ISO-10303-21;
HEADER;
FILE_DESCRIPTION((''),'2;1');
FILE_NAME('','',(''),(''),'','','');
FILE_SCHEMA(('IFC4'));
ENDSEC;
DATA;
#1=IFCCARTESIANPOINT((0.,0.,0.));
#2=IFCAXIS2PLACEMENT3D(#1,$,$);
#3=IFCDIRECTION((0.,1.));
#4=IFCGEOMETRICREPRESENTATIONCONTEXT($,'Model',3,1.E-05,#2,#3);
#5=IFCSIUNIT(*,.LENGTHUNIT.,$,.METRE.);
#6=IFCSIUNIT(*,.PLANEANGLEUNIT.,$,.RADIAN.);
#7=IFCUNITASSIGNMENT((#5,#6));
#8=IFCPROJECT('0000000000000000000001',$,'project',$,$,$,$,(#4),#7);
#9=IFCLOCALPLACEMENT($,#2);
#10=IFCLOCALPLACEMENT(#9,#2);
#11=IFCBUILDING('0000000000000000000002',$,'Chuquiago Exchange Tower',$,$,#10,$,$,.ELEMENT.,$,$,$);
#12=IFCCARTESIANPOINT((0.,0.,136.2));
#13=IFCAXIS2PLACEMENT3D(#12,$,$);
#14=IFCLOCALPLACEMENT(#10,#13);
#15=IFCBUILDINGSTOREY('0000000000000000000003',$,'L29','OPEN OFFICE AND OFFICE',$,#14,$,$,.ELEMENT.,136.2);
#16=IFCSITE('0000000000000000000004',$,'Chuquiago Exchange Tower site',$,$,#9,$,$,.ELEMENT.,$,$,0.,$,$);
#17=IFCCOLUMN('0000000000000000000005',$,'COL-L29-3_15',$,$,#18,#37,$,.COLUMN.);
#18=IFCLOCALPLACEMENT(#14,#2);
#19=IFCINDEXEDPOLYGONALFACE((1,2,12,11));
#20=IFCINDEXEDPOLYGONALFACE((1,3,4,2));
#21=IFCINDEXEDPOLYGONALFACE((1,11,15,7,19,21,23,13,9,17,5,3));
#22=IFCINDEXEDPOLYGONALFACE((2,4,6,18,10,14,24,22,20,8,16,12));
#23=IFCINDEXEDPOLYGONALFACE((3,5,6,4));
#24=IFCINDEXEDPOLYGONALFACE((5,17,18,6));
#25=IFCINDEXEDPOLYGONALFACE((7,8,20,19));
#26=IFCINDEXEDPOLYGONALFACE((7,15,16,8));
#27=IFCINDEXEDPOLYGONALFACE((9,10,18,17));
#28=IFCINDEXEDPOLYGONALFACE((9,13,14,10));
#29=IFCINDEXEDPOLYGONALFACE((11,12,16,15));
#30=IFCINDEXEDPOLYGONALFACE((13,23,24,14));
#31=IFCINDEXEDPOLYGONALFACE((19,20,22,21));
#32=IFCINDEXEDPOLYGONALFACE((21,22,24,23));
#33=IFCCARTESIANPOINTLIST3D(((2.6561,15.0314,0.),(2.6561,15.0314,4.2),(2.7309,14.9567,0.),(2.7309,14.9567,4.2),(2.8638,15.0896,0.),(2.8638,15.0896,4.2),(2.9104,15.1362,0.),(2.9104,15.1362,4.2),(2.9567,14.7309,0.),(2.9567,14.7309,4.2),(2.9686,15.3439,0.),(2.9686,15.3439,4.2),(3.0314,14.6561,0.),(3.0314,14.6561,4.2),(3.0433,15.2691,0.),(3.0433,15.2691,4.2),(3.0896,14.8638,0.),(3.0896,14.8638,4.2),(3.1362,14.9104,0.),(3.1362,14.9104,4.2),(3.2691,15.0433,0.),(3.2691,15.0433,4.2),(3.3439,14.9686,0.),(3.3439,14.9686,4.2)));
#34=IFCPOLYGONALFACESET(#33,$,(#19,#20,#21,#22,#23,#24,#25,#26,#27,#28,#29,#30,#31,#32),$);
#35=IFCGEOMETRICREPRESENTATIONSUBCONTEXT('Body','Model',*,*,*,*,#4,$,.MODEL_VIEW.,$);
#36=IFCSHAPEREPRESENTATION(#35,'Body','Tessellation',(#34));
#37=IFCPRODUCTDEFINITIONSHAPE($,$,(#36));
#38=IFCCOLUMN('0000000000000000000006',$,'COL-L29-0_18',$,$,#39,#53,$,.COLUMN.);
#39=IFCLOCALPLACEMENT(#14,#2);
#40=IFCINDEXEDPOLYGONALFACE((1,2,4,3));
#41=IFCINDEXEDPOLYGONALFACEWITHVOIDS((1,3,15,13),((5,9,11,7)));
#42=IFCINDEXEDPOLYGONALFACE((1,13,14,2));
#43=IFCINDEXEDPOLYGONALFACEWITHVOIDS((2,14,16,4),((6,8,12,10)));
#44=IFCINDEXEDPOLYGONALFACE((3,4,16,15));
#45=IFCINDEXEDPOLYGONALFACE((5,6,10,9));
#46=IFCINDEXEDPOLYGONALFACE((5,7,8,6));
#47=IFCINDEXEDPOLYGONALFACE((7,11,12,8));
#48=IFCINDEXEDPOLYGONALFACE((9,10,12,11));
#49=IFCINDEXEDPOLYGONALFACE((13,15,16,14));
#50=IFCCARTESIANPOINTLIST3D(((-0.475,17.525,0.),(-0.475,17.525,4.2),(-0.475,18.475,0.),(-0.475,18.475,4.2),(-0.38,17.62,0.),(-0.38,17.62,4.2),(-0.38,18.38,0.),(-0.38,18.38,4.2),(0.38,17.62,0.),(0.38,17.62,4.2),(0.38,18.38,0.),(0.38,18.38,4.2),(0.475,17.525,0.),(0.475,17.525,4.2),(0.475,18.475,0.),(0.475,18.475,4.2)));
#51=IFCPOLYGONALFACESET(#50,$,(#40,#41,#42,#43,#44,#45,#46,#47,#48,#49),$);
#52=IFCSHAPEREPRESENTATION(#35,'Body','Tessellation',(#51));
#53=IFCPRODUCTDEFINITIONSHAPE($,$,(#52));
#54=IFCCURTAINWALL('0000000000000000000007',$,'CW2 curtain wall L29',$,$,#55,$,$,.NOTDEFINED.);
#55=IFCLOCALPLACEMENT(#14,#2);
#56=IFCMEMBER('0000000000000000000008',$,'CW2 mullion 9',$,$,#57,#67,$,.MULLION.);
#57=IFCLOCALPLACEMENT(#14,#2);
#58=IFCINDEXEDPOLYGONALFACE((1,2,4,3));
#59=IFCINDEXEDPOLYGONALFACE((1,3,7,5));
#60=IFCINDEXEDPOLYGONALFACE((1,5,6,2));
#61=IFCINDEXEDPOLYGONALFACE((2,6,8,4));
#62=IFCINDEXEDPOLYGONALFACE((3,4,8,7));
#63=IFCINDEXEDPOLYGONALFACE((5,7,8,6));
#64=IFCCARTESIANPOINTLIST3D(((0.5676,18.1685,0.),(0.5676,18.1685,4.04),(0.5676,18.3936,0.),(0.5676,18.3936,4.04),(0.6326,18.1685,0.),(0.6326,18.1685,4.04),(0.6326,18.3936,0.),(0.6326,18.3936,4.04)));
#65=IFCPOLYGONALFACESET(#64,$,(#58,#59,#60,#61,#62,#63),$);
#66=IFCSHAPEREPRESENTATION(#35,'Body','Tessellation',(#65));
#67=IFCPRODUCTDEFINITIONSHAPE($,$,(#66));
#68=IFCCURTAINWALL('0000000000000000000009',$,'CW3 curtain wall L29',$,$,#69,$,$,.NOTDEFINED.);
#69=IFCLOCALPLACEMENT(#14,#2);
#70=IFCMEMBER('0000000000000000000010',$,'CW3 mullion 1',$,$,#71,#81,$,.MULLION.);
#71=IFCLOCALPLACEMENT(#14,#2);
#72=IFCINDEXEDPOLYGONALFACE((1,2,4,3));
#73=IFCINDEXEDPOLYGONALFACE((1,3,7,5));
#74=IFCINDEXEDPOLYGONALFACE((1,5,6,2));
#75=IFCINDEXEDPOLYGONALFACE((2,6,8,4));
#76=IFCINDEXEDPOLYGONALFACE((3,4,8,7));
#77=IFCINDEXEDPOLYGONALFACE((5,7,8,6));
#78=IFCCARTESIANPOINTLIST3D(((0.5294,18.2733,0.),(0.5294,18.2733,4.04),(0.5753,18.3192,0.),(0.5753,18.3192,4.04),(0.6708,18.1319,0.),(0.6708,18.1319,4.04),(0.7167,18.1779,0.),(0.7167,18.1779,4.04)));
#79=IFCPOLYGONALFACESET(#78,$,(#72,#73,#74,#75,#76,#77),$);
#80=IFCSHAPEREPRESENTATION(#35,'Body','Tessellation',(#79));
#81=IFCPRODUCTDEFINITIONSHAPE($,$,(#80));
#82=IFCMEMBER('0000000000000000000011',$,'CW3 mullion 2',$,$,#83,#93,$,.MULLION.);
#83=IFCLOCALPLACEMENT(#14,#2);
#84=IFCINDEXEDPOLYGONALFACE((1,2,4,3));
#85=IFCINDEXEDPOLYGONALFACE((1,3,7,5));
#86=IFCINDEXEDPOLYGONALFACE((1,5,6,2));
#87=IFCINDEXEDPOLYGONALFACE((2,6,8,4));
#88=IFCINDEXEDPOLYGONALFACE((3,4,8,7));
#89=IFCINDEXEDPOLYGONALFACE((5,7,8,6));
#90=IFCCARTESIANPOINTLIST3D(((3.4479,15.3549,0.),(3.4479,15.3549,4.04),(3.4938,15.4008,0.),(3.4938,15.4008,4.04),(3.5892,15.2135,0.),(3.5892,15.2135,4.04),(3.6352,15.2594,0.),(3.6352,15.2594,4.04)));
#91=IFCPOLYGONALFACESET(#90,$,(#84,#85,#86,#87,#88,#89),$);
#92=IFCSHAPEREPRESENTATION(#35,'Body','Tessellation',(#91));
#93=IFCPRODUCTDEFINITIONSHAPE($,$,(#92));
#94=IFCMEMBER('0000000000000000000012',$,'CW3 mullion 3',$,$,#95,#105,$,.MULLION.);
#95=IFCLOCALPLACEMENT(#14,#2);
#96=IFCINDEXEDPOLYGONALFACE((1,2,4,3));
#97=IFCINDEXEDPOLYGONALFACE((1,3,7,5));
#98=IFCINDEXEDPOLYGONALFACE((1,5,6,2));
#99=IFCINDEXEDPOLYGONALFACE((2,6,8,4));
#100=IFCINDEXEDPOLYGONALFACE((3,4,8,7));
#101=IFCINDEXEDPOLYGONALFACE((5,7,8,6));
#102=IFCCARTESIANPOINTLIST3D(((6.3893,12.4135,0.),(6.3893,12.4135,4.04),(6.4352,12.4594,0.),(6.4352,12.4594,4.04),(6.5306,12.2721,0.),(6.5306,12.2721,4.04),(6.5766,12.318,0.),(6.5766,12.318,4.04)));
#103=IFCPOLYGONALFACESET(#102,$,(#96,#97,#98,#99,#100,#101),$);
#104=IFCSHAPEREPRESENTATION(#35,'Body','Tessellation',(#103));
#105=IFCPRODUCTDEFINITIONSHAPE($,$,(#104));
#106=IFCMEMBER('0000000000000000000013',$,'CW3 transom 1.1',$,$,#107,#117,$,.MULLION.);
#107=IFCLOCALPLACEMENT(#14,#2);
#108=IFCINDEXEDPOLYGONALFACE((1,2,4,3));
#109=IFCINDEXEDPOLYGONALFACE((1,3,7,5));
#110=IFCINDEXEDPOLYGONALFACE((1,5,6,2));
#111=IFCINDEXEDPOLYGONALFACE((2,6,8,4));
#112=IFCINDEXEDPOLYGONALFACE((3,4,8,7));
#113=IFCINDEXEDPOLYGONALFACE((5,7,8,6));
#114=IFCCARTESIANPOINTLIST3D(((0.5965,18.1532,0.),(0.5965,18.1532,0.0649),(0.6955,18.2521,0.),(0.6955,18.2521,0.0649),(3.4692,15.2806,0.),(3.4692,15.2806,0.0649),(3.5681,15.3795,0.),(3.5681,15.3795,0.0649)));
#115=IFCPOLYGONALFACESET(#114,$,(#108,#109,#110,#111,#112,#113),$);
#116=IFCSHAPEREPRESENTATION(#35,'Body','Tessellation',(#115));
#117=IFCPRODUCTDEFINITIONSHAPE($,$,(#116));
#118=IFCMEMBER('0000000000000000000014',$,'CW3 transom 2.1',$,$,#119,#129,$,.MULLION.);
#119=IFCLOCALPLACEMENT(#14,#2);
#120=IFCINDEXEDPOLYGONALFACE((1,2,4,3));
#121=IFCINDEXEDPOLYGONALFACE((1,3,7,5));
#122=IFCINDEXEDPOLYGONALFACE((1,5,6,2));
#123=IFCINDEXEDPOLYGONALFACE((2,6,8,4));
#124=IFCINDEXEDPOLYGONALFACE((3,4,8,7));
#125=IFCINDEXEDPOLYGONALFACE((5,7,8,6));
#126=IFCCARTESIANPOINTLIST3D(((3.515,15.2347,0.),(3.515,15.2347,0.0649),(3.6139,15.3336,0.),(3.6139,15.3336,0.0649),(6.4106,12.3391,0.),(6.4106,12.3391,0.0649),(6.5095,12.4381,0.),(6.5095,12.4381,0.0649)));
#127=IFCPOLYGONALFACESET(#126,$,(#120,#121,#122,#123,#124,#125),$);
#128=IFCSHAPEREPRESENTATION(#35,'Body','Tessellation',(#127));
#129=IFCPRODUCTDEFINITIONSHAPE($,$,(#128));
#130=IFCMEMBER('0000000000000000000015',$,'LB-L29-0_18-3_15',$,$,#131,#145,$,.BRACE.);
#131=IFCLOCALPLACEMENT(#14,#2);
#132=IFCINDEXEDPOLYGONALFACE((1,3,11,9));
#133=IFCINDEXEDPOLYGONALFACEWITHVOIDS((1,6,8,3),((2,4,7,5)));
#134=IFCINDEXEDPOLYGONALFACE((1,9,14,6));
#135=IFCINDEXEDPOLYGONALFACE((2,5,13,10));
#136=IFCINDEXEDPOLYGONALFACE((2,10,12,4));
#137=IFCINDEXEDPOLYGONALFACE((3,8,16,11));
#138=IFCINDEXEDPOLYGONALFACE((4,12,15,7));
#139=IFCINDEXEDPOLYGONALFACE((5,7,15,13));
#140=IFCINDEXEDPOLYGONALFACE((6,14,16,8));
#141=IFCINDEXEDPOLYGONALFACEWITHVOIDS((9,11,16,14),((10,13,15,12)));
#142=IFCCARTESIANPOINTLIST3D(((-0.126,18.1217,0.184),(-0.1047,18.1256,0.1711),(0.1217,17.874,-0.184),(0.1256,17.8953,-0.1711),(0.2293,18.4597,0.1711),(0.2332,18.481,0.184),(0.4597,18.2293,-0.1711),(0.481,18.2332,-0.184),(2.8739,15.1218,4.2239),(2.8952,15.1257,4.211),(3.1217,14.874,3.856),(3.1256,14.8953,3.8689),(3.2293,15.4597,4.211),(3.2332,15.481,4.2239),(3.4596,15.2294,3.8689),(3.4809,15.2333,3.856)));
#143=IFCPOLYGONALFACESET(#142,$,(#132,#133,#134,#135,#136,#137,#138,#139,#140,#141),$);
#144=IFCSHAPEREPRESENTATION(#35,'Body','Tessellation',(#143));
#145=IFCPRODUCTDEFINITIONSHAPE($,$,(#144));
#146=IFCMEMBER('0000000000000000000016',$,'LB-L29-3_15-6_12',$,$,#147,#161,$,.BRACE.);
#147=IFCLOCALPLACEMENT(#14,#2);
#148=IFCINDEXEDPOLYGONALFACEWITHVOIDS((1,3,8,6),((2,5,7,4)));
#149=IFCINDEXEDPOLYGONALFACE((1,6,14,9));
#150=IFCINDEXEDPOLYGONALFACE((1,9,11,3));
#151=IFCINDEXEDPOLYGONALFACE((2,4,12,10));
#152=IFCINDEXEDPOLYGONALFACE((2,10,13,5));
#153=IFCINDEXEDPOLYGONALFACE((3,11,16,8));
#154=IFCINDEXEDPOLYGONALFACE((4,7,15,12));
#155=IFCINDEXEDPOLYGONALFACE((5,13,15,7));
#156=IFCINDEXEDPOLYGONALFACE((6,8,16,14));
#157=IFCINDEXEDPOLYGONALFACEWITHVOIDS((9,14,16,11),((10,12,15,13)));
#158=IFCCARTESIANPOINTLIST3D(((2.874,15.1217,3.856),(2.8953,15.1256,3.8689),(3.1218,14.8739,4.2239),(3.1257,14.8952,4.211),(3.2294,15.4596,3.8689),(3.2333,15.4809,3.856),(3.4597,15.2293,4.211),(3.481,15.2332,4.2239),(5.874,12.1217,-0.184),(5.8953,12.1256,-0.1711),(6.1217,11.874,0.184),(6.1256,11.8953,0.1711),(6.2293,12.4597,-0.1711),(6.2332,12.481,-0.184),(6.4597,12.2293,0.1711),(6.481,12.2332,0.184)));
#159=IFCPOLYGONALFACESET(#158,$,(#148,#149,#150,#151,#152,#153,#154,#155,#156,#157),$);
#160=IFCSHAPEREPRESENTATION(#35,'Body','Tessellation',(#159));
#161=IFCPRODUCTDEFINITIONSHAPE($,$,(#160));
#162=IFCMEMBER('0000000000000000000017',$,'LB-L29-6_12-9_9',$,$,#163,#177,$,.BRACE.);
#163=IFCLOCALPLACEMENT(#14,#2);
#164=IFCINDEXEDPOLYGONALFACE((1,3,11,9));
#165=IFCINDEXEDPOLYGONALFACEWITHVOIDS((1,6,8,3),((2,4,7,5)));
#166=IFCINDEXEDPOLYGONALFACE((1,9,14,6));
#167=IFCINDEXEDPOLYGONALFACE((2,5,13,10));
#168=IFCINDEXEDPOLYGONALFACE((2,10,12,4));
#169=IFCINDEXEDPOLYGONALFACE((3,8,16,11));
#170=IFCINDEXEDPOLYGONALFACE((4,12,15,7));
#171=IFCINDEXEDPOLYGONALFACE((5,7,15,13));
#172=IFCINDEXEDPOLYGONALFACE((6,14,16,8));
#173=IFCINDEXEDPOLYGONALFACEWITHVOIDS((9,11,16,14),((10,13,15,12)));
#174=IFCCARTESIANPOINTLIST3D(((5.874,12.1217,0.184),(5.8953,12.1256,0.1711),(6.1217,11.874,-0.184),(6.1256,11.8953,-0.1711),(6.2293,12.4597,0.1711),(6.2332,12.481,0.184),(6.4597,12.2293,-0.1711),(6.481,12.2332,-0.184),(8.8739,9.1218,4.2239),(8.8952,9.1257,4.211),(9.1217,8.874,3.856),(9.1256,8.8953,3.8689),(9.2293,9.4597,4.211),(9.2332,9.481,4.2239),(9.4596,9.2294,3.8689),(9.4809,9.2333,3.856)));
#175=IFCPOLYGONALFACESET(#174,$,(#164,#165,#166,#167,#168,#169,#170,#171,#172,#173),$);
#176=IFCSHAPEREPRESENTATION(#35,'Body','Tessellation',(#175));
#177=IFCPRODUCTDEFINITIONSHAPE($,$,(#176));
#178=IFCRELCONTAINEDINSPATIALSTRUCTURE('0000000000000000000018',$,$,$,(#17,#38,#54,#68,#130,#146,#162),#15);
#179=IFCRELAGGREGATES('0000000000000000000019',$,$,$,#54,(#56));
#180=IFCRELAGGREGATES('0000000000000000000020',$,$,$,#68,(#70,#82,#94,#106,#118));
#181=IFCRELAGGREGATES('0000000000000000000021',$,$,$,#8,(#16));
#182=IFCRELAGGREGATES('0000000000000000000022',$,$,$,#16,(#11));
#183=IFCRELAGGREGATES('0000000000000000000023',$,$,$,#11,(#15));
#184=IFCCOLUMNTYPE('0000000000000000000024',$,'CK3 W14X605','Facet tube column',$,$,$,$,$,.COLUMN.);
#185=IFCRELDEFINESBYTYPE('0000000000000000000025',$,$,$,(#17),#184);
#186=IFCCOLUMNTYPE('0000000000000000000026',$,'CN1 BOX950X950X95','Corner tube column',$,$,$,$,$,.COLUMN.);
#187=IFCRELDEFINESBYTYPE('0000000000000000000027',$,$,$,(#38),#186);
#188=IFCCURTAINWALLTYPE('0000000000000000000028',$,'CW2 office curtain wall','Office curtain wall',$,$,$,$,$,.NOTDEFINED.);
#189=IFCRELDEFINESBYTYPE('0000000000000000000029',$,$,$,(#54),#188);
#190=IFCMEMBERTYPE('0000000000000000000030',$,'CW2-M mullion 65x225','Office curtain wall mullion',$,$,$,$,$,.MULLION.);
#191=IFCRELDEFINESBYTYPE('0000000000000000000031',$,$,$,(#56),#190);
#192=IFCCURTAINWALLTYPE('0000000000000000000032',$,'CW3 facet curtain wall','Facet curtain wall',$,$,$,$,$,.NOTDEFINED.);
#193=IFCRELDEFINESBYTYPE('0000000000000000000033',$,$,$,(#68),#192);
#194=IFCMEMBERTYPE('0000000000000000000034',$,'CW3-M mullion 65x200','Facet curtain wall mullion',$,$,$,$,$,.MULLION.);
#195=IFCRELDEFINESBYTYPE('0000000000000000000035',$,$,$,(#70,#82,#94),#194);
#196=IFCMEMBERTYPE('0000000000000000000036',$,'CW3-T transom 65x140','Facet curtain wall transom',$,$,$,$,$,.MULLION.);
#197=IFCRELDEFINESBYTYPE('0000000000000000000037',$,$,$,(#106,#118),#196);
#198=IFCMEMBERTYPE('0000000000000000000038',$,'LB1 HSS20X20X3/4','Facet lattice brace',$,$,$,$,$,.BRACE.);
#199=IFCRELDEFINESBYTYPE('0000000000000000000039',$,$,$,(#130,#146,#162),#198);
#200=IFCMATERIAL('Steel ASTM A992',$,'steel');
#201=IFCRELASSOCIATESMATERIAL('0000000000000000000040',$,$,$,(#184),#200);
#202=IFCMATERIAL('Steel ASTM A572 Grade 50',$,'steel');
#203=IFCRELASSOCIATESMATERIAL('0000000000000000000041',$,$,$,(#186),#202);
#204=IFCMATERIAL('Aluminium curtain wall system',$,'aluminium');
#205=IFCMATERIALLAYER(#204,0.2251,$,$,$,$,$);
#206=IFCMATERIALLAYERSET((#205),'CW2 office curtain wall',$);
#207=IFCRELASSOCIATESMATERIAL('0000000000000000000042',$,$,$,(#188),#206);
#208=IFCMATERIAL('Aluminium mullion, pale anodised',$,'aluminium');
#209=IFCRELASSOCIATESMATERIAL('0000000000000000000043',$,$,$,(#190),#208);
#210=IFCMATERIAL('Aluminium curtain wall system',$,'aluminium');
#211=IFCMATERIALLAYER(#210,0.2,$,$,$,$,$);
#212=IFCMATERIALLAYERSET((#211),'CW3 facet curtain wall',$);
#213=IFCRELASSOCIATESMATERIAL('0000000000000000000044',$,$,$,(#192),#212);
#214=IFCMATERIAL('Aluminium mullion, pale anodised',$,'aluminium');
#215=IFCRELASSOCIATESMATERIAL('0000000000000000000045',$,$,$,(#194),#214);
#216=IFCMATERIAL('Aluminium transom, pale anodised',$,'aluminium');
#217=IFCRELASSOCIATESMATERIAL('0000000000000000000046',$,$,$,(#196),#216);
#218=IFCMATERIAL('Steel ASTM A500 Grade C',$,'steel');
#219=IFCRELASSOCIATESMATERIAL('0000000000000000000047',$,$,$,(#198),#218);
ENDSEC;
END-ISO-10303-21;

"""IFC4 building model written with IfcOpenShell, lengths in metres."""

from ifc_helpers import new_model, si_unit, direction, frame, origin, origin_2d, place, context, subcontext, project, spatial, rectangle, hollow_rectangle, i_section, extrude, material, layer, layer_set, material_profile, profile_set, type_object, element, aggregate, save


model = new_model("IFC4")

# Units and contexts
model_context = context("Model", 3, precision=1e-05, world=origin(), true_north=direction((0.0, 1.0)))
body_context = subcontext(model_context, "Body", "Model", "MODEL_VIEW")
ifc_project = project(units=[si_unit("LENGTHUNIT", "METRE"), si_unit("PLANEANGLEUNIT", "RADIAN")], contexts=[model_context])

# Site, building, storey
site_placement = place(None, origin())
site = spatial("IfcSite", under=ifc_project, at=site_placement, Name="Chuquiago Exchange Tower site", CompositionType="ELEMENT", RefElevation=0.0)
building_placement = place(site_placement, origin())
building = spatial("IfcBuilding", under=site, at=building_placement, Name="Chuquiago Exchange Tower", CompositionType="ELEMENT")
storey_placement = place(building_placement, frame((0.0, 0.0, 136.2)))
storey = spatial("IfcBuildingStorey", under=building, at=storey_placement, Name="L29", Description="OPEN OFFICE AND OFFICE", CompositionType="ELEMENT", Elevation=136.2)

# Columns
ifc_material_1 = material(Name="Steel ASTM A992", Category="steel")
ifc_material_profile_1 = material_profile(ifc_material_1, i_section(OverallWidth=0.4419, OverallDepth=0.5308, WebThickness=0.0659, FlangeThickness=0.1057, at=origin_2d()), Name="W14X605")
ifc_profile_set_1 = profile_set([ifc_material_profile_1], Name="Steel ASTM A992")
column_type_1 = type_object("IfcColumnType", Name="CK3 W14X605", Description="Facet tube column", PredefinedType="COLUMN", material=ifc_profile_set_1)
column_1_placement = place(storey_placement, frame((3.0, 15.0, 0.0), z_axis=(0.0, 0.0, 1.0), x_axis=(-0.707107, -0.707107, 0.0)))
element("IfcColumn", 1, at=column_1_placement, inside=storey, type_object=column_type_1, Name="COL-L29-3_15", PredefinedType="COLUMN", context=body_context, shape_type="SweptSolid", body=[
    extrude(i_section(OverallWidth=0.4419, OverallDepth=0.5308, WebThickness=0.0659, FlangeThickness=0.1057, at=origin_2d()), origin(), (0.0, 0.0, 1.0), 4.2),
])
ifc_material_2 = material(Name="Steel ASTM A572 Grade 50", Category="steel")
ifc_material_profile_2 = material_profile(ifc_material_2, hollow_rectangle(XDim=0.95, YDim=0.95, WallThickness=0.095, at=origin_2d()), Name="BOX950X950X95")
ifc_profile_set_2 = profile_set([ifc_material_profile_2], Name="Steel ASTM A572 Grade 50")
column_type_2 = type_object("IfcColumnType", Name="CN1 BOX950X950X95", Description="Corner tube column", PredefinedType="COLUMN", material=ifc_profile_set_2)
column_2_placement = place(storey_placement, frame((0.0, 18.0, 0.0), z_axis=(0.0, 0.0, 1.0), x_axis=(-1.0, 0.0, 0.0)))
element("IfcColumn", 2, at=column_2_placement, inside=storey, type_object=column_type_2, Name="COL-L29-0_18", PredefinedType="COLUMN", context=body_context, shape_type="SweptSolid", body=[
    extrude(hollow_rectangle(XDim=0.95, YDim=0.95, WallThickness=0.095, at=origin_2d()), origin(), (0.0, 0.0, 1.0), 4.2),
])

# Curtain wall, member
ifc_material_3 = material(Name="Aluminium curtain wall system", Category="aluminium")
ifc_layer_1 = layer(ifc_material_3, 0.2251)
ifc_layer_set_1 = layer_set([ifc_layer_1], Name="CW2 office curtain wall")
curtain_wall_type_1 = type_object("IfcCurtainWallType", Name="CW2 office curtain wall", Description="Office curtain wall", PredefinedType="NOTDEFINED", material=ifc_layer_set_1)
curtain_wall_1_placement = place(storey_placement, origin())
curtain_wall_1 = element("IfcCurtainWall", 3, at=curtain_wall_1_placement, inside=storey, type_object=curtain_wall_type_1, Name="CW2 curtain wall L29", PredefinedType="NOTDEFINED")
ifc_material_4 = material(Name="Aluminium mullion, pale anodised", Category="aluminium")
ifc_material_profile_3 = material_profile(ifc_material_4, rectangle(XDim=0.0649, YDim=0.2251, at=origin_2d()), Name="AL 65x225")
ifc_profile_set_3 = profile_set([ifc_material_profile_3], Name="Aluminium mullion, pale anodised")
member_type_1 = type_object("IfcMemberType", Name="CW2-M mullion 65x225", Description="Office curtain wall mullion", PredefinedType="MULLION", material=ifc_profile_set_3)
member_1_placement = place(storey_placement, frame((0.6001, 18.281, 0.0), z_axis=(0.0, 0.0, 1.0), x_axis=(1.0, 0.0, 0.0)))
member_1 = element("IfcMember", 4, at=member_1_placement, type_object=member_type_1, Name="CW2 mullion 9", PredefinedType="MULLION", context=body_context, shape_type="SweptSolid", body=[
    extrude(rectangle(XDim=0.0649, YDim=0.2251, at=origin_2d()), origin(), (0.0, 0.0, 1.0), 4.04),
])
aggregate(curtain_wall_1, [member_1])

# Curtain wall, members
ifc_material_5 = material(Name="Aluminium curtain wall system", Category="aluminium")
ifc_layer_2 = layer(ifc_material_5, 0.2)
ifc_layer_set_2 = layer_set([ifc_layer_2], Name="CW3 facet curtain wall")
curtain_wall_type_2 = type_object("IfcCurtainWallType", Name="CW3 facet curtain wall", Description="Facet curtain wall", PredefinedType="NOTDEFINED", material=ifc_layer_set_2)
curtain_wall_2_placement = place(storey_placement, origin())
curtain_wall_2 = element("IfcCurtainWall", 5, at=curtain_wall_2_placement, inside=storey, type_object=curtain_wall_type_2, Name="CW3 curtain wall L29", PredefinedType="NOTDEFINED")
ifc_material_6 = material(Name="Aluminium mullion, pale anodised", Category="aluminium")
ifc_material_profile_4 = material_profile(ifc_material_6, rectangle(XDim=0.0649, YDim=0.2, at=origin_2d()), Name="AL 65x200")
ifc_profile_set_4 = profile_set([ifc_material_profile_4], Name="Aluminium mullion, pale anodised")
member_type_2 = type_object("IfcMemberType", Name="CW3-M mullion 65x200", Description="Facet curtain wall mullion", PredefinedType="MULLION", material=ifc_profile_set_4)
member_2_placement = place(storey_placement, frame((0.623, 18.2256, 0.0), z_axis=(0.0, 0.0, 1.0), x_axis=(0.707107, 0.707107, 0.0)))
member_2 = element("IfcMember", 6, at=member_2_placement, type_object=member_type_2, Name="CW3 mullion 1", PredefinedType="MULLION", context=body_context, shape_type="SweptSolid", body=[
    extrude(rectangle(XDim=0.0649, YDim=0.2, at=origin_2d()), origin(), (0.0, 0.0, 1.0), 4.04),
])
member_3_placement = place(storey_placement, frame((3.5415, 15.3071, 0.0), z_axis=(0.0, 0.0, 1.0), x_axis=(0.707107, 0.707107, 0.0)))
member_3 = element("IfcMember", 7, at=member_3_placement, type_object=member_type_2, Name="CW3 mullion 2", PredefinedType="MULLION", context=body_context, shape_type="SweptSolid", body=[
    extrude(rectangle(XDim=0.0649, YDim=0.2, at=origin_2d()), origin(), (0.0, 0.0, 1.0), 4.04),
])
member_4_placement = place(storey_placement, frame((6.4829, 12.3657, 0.0), z_axis=(0.0, 0.0, 1.0), x_axis=(0.707107, 0.707107, 0.0)))
member_4 = element("IfcMember", 8, at=member_4_placement, type_object=member_type_2, Name="CW3 mullion 3", PredefinedType="MULLION", context=body_context, shape_type="SweptSolid", body=[
    extrude(rectangle(XDim=0.0649, YDim=0.2, at=origin_2d()), origin(), (0.0, 0.0, 1.0), 4.04),
])
ifc_material_7 = material(Name="Aluminium transom, pale anodised", Category="aluminium")
ifc_material_profile_5 = material_profile(ifc_material_7, rectangle(XDim=0.1399, YDim=0.0649, at=origin_2d()), Name="AL 140x65")
ifc_profile_set_5 = profile_set([ifc_material_profile_5], Name="Aluminium transom, pale anodised")
member_type_3 = type_object("IfcMemberType", Name="CW3-T transom 65x140", Description="Facet curtain wall transom", PredefinedType="MULLION", material=ifc_profile_set_5)
member_5_placement = place(storey_placement, frame((0.646, 18.2026, 0.0325), z_axis=(0.707107, -0.707107, 0.0), x_axis=(0.707107, 0.707107, 0.0)))
member_5 = element("IfcMember", 9, at=member_5_placement, type_object=member_type_3, Name="CW3 transom 1.1", PredefinedType="MULLION", context=body_context, shape_type="SweptSolid", body=[
    extrude(rectangle(XDim=0.1399, YDim=0.0649, at=origin_2d()), origin(), (0.0, 0.0, 1.0), 4.0625),
])
member_6_placement = place(storey_placement, frame((3.5645, 15.2842, 0.0325), z_axis=(0.707107, -0.707107, 0.0), x_axis=(0.707107, 0.707107, 0.0)))
member_6 = element("IfcMember", 10, at=member_6_placement, type_object=member_type_3, Name="CW3 transom 2.1", PredefinedType="MULLION", context=body_context, shape_type="SweptSolid", body=[
    extrude(rectangle(XDim=0.1399, YDim=0.0649, at=origin_2d()), origin(), (0.0, 0.0, 1.0), 4.095),
])

# Members
ifc_material_8 = material(Name="Steel ASTM A500 Grade C", Category="steel")
ifc_material_profile_6 = material_profile(ifc_material_8, hollow_rectangle(XDim=0.5081, YDim=0.5081, WallThickness=0.0178, at=origin_2d()), Name="HSS20X20X3/4")
ifc_profile_set_6 = profile_set([ifc_material_profile_6], Name="Steel ASTM A500 Grade C")
member_type_4 = type_object("IfcMemberType", Name="LB1 HSS20X20X3/4", Description="Facet lattice brace", PredefinedType="BRACE", material=ifc_profile_set_6)
for number, where, z_axis, x_axis, name in (
    (11, (0.1775, 18.1775, 0.0), (0.512077, -0.512077, 0.689604), (0.707107, 0.707107, 0.0), "LB-L29-0_18-3_15"),
    (12, (6.1775, 12.1775, 0.0), (-0.512077, 0.512077, 0.689604), (-0.707107, -0.707107, 0.0), "LB-L29-3_15-6_12"),
    (13, (6.1775, 12.1775, 0.0), (0.512077, -0.512077, 0.689604), (0.707107, 0.707107, 0.0), "LB-L29-6_12-9_9"),
):
    element("IfcMember", number, at=place(storey_placement, frame(where, z_axis=z_axis, x_axis=x_axis)), inside=storey, type_object=member_type_4, Name=name, PredefinedType="BRACE", context=body_context, shape_type="SweptSolid", body=[
        extrude(hollow_rectangle(XDim=0.5081, YDim=0.5081, WallThickness=0.0178, at=origin_2d()), origin(), (0.0, 0.0, 1.0), 5.8584),
    ])

aggregate(curtain_wall_2, [member_2, member_3, member_4, member_5, member_6])

save(model, "model.ifc")
